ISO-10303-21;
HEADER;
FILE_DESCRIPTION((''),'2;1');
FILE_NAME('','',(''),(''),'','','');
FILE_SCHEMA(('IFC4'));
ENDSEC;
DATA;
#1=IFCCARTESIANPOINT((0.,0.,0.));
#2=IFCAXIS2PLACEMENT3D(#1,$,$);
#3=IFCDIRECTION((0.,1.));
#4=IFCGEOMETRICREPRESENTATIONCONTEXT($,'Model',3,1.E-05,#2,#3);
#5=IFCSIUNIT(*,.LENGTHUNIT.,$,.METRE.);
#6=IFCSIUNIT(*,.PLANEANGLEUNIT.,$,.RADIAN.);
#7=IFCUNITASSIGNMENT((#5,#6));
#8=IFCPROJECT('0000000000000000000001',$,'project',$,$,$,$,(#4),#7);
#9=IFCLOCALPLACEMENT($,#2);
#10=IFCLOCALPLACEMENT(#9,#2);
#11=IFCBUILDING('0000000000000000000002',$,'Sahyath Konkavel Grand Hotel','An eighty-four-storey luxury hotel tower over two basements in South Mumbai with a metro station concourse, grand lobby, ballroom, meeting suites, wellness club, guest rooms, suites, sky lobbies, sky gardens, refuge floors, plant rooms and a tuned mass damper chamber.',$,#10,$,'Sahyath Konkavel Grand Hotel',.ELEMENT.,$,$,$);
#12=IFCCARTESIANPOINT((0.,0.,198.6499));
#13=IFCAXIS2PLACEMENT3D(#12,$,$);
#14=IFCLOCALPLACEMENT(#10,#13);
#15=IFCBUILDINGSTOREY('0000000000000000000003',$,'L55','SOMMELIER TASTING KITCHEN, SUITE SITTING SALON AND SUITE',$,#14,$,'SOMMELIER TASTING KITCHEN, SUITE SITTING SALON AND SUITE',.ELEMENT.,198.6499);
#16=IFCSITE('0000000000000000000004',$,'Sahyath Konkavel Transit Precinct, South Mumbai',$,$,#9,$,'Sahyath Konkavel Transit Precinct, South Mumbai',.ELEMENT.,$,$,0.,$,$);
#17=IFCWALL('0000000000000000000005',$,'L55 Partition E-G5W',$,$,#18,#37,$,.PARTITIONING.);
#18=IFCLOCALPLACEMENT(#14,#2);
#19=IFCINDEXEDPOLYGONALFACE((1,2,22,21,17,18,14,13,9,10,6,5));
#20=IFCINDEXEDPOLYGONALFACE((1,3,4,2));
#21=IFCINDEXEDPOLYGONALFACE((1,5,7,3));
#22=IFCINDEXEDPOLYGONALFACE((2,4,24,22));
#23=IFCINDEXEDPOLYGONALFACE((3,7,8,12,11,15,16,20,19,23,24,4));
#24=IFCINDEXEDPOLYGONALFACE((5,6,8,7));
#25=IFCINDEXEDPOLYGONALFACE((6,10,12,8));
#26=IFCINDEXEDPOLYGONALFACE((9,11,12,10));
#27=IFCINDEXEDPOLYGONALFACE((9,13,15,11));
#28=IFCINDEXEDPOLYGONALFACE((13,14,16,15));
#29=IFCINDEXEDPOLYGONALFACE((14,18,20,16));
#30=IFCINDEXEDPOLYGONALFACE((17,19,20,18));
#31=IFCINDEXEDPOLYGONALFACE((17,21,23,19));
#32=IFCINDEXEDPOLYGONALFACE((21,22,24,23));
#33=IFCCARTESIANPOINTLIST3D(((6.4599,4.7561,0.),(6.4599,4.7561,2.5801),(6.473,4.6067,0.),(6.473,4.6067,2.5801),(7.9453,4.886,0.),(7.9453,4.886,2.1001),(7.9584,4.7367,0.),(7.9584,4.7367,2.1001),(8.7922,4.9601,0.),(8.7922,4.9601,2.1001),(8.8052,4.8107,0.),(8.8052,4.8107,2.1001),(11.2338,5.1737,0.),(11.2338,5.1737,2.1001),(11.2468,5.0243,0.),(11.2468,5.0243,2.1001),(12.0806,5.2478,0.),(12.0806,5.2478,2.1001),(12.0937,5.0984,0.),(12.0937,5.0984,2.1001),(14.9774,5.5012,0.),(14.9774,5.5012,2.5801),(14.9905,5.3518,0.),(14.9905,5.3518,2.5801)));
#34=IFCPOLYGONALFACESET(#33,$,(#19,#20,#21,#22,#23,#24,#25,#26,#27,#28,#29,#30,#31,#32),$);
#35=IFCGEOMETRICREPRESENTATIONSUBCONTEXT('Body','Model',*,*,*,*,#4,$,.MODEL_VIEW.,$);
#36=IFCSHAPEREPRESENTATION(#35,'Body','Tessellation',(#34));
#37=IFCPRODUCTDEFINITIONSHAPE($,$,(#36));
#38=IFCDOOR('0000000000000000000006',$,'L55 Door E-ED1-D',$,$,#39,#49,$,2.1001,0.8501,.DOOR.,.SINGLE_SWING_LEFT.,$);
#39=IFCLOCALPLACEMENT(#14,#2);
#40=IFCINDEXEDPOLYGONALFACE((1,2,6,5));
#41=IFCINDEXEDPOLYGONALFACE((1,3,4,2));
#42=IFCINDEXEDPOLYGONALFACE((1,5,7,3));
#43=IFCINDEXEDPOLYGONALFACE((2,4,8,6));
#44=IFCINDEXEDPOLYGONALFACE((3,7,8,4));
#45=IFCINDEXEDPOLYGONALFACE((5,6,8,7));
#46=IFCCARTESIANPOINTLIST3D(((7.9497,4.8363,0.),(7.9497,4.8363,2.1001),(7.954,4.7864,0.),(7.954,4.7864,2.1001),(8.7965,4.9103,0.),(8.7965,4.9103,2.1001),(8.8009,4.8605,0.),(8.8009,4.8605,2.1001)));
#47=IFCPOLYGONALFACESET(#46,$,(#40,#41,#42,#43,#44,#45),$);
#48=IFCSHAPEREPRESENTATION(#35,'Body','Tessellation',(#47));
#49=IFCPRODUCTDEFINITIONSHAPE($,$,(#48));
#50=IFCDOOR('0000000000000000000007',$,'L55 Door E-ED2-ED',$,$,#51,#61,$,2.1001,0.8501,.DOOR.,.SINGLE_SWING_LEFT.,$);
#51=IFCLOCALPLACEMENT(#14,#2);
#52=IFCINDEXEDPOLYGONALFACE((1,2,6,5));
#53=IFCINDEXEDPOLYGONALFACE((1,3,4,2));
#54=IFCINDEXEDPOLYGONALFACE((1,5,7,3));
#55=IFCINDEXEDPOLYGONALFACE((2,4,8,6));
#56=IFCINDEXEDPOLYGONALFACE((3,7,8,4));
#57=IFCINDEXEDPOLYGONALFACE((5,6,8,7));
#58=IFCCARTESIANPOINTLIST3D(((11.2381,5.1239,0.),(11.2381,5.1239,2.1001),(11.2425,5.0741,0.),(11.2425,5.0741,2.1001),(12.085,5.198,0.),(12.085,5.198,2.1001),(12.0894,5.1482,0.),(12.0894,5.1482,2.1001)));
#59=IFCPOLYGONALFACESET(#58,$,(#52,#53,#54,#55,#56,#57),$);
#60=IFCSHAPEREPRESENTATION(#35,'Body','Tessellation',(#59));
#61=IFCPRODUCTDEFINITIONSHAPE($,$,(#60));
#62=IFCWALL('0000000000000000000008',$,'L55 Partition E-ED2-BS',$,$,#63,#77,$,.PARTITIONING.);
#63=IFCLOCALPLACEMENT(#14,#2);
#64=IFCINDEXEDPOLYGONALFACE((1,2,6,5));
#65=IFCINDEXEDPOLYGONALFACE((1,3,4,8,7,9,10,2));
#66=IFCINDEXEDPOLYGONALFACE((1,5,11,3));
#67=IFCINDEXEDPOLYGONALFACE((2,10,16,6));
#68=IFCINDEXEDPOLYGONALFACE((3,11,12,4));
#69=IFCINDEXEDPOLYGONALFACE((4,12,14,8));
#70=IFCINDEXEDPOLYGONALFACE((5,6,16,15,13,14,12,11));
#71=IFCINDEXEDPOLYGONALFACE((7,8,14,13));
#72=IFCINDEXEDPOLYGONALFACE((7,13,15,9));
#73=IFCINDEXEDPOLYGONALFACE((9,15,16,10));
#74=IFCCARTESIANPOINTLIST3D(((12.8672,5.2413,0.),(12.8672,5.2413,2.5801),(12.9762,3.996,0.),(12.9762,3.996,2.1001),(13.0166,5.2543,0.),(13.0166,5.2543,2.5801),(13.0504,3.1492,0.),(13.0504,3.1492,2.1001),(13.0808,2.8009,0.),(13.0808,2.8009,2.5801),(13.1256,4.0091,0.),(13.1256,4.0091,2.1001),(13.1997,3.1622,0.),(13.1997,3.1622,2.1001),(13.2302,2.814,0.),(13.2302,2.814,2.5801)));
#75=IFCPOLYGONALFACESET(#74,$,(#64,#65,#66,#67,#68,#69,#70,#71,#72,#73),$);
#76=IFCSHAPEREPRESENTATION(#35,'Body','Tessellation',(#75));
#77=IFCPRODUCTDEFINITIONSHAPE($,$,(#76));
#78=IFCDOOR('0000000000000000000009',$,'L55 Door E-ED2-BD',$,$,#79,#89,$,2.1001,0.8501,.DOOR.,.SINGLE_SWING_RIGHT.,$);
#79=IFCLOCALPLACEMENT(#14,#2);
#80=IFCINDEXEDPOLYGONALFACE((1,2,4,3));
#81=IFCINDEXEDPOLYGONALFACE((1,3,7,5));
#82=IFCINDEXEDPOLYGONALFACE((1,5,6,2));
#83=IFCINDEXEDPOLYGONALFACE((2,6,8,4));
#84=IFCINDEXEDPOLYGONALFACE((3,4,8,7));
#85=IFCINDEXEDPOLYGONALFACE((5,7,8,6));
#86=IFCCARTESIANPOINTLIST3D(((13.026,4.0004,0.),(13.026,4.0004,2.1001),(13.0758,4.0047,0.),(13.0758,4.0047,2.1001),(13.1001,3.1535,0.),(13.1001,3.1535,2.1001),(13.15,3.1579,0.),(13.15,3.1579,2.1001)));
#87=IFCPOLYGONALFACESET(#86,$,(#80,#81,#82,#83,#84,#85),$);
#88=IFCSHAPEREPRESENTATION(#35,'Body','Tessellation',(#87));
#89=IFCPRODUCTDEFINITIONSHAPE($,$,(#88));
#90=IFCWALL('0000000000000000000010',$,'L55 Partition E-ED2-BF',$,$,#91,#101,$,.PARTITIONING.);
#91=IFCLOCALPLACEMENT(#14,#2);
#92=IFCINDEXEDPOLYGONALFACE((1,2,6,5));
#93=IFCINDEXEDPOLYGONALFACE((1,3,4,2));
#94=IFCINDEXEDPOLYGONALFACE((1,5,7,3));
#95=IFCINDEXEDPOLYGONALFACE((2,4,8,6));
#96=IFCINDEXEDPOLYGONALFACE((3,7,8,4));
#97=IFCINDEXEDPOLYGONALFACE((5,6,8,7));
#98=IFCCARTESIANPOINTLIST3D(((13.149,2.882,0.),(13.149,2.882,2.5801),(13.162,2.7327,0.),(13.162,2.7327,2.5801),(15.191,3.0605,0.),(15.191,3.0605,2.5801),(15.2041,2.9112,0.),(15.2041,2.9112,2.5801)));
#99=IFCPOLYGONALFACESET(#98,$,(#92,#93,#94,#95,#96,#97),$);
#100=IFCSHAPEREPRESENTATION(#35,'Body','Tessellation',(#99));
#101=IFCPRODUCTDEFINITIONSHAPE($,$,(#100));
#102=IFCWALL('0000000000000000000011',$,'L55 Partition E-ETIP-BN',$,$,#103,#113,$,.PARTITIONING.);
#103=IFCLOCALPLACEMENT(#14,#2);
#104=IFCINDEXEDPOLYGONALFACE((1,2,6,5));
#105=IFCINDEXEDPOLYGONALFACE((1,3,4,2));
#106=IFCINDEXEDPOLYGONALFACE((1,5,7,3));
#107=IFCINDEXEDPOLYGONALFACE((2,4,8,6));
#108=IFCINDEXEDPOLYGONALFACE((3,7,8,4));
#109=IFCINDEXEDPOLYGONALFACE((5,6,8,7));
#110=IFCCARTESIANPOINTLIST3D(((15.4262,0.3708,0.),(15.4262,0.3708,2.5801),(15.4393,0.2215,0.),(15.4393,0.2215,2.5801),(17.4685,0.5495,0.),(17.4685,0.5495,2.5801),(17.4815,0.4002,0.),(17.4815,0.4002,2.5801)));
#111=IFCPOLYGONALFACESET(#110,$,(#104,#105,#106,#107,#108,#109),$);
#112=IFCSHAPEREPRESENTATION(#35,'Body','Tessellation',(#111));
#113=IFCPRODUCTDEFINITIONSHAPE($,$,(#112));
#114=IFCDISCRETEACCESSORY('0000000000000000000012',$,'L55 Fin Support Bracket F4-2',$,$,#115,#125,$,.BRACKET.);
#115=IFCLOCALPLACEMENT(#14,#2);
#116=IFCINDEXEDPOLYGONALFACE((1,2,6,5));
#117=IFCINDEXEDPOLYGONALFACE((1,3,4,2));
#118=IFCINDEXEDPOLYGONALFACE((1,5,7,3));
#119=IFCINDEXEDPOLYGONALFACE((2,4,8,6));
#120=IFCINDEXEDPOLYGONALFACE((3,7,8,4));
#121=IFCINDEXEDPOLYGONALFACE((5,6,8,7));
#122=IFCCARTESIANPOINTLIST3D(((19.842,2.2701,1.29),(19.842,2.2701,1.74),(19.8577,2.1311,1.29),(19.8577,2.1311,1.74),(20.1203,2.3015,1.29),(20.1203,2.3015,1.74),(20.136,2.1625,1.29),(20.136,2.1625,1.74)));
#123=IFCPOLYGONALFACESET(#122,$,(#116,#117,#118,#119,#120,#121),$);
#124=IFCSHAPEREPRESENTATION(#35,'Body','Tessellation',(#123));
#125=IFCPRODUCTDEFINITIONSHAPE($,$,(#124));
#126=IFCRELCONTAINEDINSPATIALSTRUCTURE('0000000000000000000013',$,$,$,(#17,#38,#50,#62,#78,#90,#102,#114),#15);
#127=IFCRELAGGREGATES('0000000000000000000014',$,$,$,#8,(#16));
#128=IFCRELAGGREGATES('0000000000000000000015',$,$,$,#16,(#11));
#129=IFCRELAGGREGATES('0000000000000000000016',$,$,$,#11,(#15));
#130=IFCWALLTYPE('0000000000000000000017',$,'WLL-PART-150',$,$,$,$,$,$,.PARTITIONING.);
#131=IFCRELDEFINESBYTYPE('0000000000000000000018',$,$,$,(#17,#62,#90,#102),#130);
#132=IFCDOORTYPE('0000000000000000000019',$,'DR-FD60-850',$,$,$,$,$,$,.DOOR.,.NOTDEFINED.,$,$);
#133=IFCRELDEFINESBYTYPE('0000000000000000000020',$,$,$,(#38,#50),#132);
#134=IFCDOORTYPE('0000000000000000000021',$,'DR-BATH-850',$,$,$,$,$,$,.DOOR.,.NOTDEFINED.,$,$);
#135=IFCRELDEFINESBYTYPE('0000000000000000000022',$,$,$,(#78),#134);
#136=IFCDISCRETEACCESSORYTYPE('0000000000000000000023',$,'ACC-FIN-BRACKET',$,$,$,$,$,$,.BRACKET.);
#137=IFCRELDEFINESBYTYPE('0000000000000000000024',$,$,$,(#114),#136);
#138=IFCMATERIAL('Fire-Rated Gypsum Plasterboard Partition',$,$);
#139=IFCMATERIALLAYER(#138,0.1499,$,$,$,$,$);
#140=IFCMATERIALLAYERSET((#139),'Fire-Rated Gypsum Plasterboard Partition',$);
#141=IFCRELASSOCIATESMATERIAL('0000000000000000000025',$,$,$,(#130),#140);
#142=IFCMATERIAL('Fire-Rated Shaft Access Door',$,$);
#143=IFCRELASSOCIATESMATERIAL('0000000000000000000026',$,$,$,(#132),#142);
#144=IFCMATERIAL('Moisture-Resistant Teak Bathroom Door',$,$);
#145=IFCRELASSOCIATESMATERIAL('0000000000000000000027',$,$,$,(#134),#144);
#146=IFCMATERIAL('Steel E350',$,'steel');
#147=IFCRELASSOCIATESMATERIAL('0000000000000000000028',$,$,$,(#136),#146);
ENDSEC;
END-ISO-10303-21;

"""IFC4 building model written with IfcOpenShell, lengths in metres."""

from ifc_helpers import new_model, si_unit, direction, frame, frame_2d, origin, origin_2d, place, context, subcontext, project, spatial, rectangle, extrude, source, transform, mapped, material, layer, layer_set, type_object, element, fill, save


model = new_model("IFC4")

# Units and contexts
model_context = context("Model", 3, precision=1e-05, world=origin(), true_north=direction((0.0, 1.0)))
body_context = subcontext(model_context, "Body", "Model", "MODEL_VIEW")
ifc_project = project(units=[si_unit("LENGTHUNIT", "METRE"), si_unit("PLANEANGLEUNIT", "RADIAN")], contexts=[model_context])

# Site, building, storey
site_placement = place(None, origin())
site = spatial("IfcSite", under=ifc_project, at=site_placement, Name="Sahyath Konkavel Transit Precinct, South Mumbai", LongName="Sahyath Konkavel Transit Precinct, South Mumbai", CompositionType="ELEMENT", RefElevation=0.0)
building_placement = place(site_placement, origin())
building = spatial("IfcBuilding", under=site, at=building_placement, Name="Sahyath Konkavel Grand Hotel", Description="An eighty-four-storey luxury hotel tower over two basements in South Mumbai with a metro station concourse, grand lobby, ballroom, meeting suites, wellness club, guest rooms, suites, sky lobbies, sky gardens, refuge floors, plant rooms and a tuned mass damper chamber.", LongName="Sahyath Konkavel Grand Hotel", CompositionType="ELEMENT")
storey_placement = place(building_placement, frame((0.0, 0.0, 198.6499)))
storey = spatial("IfcBuildingStorey", under=building, at=storey_placement, Name="L55", Description="SOMMELIER TASTING KITCHEN, SUITE SITTING SALON AND SUITE", LongName="SOMMELIER TASTING KITCHEN, SUITE SITTING SALON AND SUITE", CompositionType="ELEMENT", Elevation=198.6499)

# Shared definitions
ifc_material_1 = material(Name="Steel E350", Category="steel")

# Wall, openings, doors
ifc_material_2 = material(Name="Fire-Rated Gypsum Plasterboard Partition")
ifc_layer_1 = layer(ifc_material_2, 0.1499)
ifc_layer_set_1 = layer_set([ifc_layer_1], Name="Fire-Rated Gypsum Plasterboard Partition")
wall_type_1 = type_object("IfcWallType", Name="WLL-PART-150", PredefinedType="PARTITIONING", material=ifc_layer_set_1)
wall_1_placement = place(storey_placement, frame((6.4666, 4.6814, 0.0), z_axis=(0.0, 0.0, 1.0), x_axis=(0.996195, 0.087147, 0.0)))
wall_1 = element("IfcWall", 1, at=wall_1_placement, inside=storey, type_object=wall_type_1, Name="L55 Partition E-G5W", PredefinedType="PARTITIONING", context=body_context, shape_type="SweptSolid", body=[
    extrude(rectangle(XDim=8.55, YDim=0.1499, at=frame_2d((4.2749, 0.0))), origin(), (0.0, 0.0, 1.0), 2.5801),
])
opening_1_placement = place(wall_1_placement, frame((1.491, 0.0, 0.0)))
opening_1 = element("IfcOpeningElement", 2, at=opening_1_placement, cuts=wall_1, PredefinedType="OPENING", context=body_context, shape_type="SweptSolid", body=[
    extrude(rectangle(XDim=0.8501, YDim=2.1001, at=frame_2d((0.425, 1.05))), frame((0.0, 0.085, 0.0), z_axis=(0.0, -1.0, 0.0), x_axis=(1.0, 0.0, 0.0)), (0.0, 0.0, 1.0), 0.1699),
])
opening_2_placement = place(wall_1_placement, frame((4.792, 0.0, 0.0)))
opening_2 = element("IfcOpeningElement", 3, at=opening_2_placement, cuts=wall_1, PredefinedType="OPENING", context=body_context, shape_type="SweptSolid", body=[
    extrude(rectangle(XDim=0.8501, YDim=2.1001, at=frame_2d((0.425, 1.05))), frame((0.0, 0.085, 0.0), z_axis=(0.0, -1.0, 0.0), x_axis=(1.0, 0.0, 0.0)), (0.0, 0.0, 1.0), 0.1699),
])
ifc_material_3 = material(Name="Fire-Rated Shaft Access Door")
door_type_1 = type_object("IfcDoorType", Name="DR-FD60-850", OperationType="NOTDEFINED", PredefinedType="DOOR", material=ifc_material_3)
shared_shape_1 = source(origin(), body_context, "Body", "SweptSolid", [
    extrude(rectangle(XDim=0.8501, YDim=0.05, at=origin_2d()), origin(), (0.0, 0.0, 1.0), 2.1001),
])
door_1_placement = place(opening_1_placement, frame((0.425, 0.0, 0.0)))
door_1 = element("IfcDoor", 4, at=door_1_placement, inside=storey, type_object=door_type_1, Name="L55 Door E-ED1-D", OperationType="SINGLE_SWING_LEFT", OverallHeight=2.1001, OverallWidth=0.8501, PredefinedType="DOOR", context=body_context, shape_type="MappedRepresentation", body=[
    mapped(shared_shape_1, transform((0.0, 0.0, 0.0), scale=1.0)),
])
fill(opening_1, door_1)
door_2_placement = place(opening_2_placement, frame((0.425, 0.0, 0.0)))
door_2 = element("IfcDoor", 5, at=door_2_placement, inside=storey, type_object=door_type_1, Name="L55 Door E-ED2-ED", OperationType="SINGLE_SWING_LEFT", OverallHeight=2.1001, OverallWidth=0.8501, PredefinedType="DOOR", context=body_context, shape_type="MappedRepresentation", body=[
    mapped(shared_shape_1, transform((0.0, 0.0, 0.0), scale=1.0)),
])
fill(opening_2, door_2)

# Wall, opening, door
wall_2_placement = place(storey_placement, frame((12.9419, 5.2478, 0.0), z_axis=(0.0, 0.0, 1.0), x_axis=(0.087202, -0.996191, 0.0)))
wall_2 = element("IfcWall", 6, at=wall_2_placement, inside=storey, type_object=wall_type_1, Name="L55 Partition E-ED2-BS", PredefinedType="PARTITIONING", context=body_context, shape_type="SweptSolid", body=[
    extrude(rectangle(XDim=2.4497, YDim=0.1499, at=frame_2d((1.2249, 0.0))), origin(), (0.0, 0.0, 1.0), 2.5801),
])
opening_3_placement = place(wall_2_placement, frame((1.25, 0.0, 0.0)))
opening_3 = element("IfcOpeningElement", 7, at=opening_3_placement, cuts=wall_2, PredefinedType="OPENING", context=body_context, shape_type="SweptSolid", body=[
    extrude(rectangle(XDim=0.8501, YDim=2.1001, at=frame_2d((0.425, 1.05))), frame((0.0, 0.085, 0.0), z_axis=(0.0, -1.0, 0.0), x_axis=(1.0, 0.0, 0.0)), (0.0, 0.0, 1.0), 0.1699),
])
ifc_material_4 = material(Name="Moisture-Resistant Teak Bathroom Door")
door_type_2 = type_object("IfcDoorType", Name="DR-BATH-850", OperationType="NOTDEFINED", PredefinedType="DOOR", material=ifc_material_4)
door_3_placement = place(opening_3_placement, frame((0.425, 0.0, 0.0)))
door_3 = element("IfcDoor", 8, at=door_3_placement, inside=storey, type_object=door_type_2, Name="L55 Door E-ED2-BD", OperationType="SINGLE_SWING_RIGHT", OverallHeight=2.1001, OverallWidth=0.8501, PredefinedType="DOOR", context=body_context, shape_type="MappedRepresentation", body=[
    mapped(shared_shape_1, transform((0.0, 0.0, 0.0), scale=1.0)),
])
fill(opening_3, door_3)

# Walls
wall_3_placement = place(storey_placement, frame((13.1555, 2.8074, 0.0), z_axis=(0.0, 0.0, 1.0), x_axis=(0.996203, 0.087066, 0.0)))
element("IfcWall", 9, at=wall_3_placement, inside=storey, type_object=wall_type_1, Name="L55 Partition E-ED2-BF", PredefinedType="PARTITIONING", context=body_context, shape_type="SweptSolid", body=[
    extrude(rectangle(XDim=2.0498, YDim=0.1499, at=frame_2d((1.0249, 0.0))), origin(), (0.0, 0.0, 1.0), 2.5801),
])
wall_4_placement = place(storey_placement, frame((15.4329, 0.2961, 0.0), z_axis=(0.0, 0.0, 1.0), x_axis=(0.996193, 0.087174, 0.0)))
element("IfcWall", 10, at=wall_4_placement, inside=storey, type_object=wall_type_1, Name="L55 Partition E-ETIP-BN", PredefinedType="PARTITIONING", context=body_context, shape_type="SweptSolid", body=[
    extrude(rectangle(XDim=2.05, YDim=0.1499, at=frame_2d((1.0249, 0.0))), origin(), (0.0, 0.0, 1.0), 2.5801),
])

# Discrete accessory
discrete_accessory_type = type_object("IfcDiscreteAccessoryType", Name="ACC-FIN-BRACKET", PredefinedType="BRACKET", material=ifc_material_1)
shared_shape_2 = source(origin(), body_context, "Body", "SweptSolid", [
    extrude(rectangle(XDim=0.28, YDim=0.1399, at=origin_2d()), origin(), (0.0, 0.0, 1.0), 0.45),
])
discrete_accessory_placement = place(storey_placement, frame((19.989, 2.2163, 1.29), z_axis=(0.0, 0.0, 1.0), x_axis=(0.993709, 0.111989, 0.0)))
element("IfcDiscreteAccessory", 11, at=discrete_accessory_placement, inside=storey, type_object=discrete_accessory_type, Name="L55 Fin Support Bracket F4-2", PredefinedType="BRACKET", context=body_context, shape_type="MappedRepresentation", body=[
    mapped(shared_shape_2, transform((0.0, 0.0, 0.0), scale=1.0)),
])

save(model, "model.ifc")
